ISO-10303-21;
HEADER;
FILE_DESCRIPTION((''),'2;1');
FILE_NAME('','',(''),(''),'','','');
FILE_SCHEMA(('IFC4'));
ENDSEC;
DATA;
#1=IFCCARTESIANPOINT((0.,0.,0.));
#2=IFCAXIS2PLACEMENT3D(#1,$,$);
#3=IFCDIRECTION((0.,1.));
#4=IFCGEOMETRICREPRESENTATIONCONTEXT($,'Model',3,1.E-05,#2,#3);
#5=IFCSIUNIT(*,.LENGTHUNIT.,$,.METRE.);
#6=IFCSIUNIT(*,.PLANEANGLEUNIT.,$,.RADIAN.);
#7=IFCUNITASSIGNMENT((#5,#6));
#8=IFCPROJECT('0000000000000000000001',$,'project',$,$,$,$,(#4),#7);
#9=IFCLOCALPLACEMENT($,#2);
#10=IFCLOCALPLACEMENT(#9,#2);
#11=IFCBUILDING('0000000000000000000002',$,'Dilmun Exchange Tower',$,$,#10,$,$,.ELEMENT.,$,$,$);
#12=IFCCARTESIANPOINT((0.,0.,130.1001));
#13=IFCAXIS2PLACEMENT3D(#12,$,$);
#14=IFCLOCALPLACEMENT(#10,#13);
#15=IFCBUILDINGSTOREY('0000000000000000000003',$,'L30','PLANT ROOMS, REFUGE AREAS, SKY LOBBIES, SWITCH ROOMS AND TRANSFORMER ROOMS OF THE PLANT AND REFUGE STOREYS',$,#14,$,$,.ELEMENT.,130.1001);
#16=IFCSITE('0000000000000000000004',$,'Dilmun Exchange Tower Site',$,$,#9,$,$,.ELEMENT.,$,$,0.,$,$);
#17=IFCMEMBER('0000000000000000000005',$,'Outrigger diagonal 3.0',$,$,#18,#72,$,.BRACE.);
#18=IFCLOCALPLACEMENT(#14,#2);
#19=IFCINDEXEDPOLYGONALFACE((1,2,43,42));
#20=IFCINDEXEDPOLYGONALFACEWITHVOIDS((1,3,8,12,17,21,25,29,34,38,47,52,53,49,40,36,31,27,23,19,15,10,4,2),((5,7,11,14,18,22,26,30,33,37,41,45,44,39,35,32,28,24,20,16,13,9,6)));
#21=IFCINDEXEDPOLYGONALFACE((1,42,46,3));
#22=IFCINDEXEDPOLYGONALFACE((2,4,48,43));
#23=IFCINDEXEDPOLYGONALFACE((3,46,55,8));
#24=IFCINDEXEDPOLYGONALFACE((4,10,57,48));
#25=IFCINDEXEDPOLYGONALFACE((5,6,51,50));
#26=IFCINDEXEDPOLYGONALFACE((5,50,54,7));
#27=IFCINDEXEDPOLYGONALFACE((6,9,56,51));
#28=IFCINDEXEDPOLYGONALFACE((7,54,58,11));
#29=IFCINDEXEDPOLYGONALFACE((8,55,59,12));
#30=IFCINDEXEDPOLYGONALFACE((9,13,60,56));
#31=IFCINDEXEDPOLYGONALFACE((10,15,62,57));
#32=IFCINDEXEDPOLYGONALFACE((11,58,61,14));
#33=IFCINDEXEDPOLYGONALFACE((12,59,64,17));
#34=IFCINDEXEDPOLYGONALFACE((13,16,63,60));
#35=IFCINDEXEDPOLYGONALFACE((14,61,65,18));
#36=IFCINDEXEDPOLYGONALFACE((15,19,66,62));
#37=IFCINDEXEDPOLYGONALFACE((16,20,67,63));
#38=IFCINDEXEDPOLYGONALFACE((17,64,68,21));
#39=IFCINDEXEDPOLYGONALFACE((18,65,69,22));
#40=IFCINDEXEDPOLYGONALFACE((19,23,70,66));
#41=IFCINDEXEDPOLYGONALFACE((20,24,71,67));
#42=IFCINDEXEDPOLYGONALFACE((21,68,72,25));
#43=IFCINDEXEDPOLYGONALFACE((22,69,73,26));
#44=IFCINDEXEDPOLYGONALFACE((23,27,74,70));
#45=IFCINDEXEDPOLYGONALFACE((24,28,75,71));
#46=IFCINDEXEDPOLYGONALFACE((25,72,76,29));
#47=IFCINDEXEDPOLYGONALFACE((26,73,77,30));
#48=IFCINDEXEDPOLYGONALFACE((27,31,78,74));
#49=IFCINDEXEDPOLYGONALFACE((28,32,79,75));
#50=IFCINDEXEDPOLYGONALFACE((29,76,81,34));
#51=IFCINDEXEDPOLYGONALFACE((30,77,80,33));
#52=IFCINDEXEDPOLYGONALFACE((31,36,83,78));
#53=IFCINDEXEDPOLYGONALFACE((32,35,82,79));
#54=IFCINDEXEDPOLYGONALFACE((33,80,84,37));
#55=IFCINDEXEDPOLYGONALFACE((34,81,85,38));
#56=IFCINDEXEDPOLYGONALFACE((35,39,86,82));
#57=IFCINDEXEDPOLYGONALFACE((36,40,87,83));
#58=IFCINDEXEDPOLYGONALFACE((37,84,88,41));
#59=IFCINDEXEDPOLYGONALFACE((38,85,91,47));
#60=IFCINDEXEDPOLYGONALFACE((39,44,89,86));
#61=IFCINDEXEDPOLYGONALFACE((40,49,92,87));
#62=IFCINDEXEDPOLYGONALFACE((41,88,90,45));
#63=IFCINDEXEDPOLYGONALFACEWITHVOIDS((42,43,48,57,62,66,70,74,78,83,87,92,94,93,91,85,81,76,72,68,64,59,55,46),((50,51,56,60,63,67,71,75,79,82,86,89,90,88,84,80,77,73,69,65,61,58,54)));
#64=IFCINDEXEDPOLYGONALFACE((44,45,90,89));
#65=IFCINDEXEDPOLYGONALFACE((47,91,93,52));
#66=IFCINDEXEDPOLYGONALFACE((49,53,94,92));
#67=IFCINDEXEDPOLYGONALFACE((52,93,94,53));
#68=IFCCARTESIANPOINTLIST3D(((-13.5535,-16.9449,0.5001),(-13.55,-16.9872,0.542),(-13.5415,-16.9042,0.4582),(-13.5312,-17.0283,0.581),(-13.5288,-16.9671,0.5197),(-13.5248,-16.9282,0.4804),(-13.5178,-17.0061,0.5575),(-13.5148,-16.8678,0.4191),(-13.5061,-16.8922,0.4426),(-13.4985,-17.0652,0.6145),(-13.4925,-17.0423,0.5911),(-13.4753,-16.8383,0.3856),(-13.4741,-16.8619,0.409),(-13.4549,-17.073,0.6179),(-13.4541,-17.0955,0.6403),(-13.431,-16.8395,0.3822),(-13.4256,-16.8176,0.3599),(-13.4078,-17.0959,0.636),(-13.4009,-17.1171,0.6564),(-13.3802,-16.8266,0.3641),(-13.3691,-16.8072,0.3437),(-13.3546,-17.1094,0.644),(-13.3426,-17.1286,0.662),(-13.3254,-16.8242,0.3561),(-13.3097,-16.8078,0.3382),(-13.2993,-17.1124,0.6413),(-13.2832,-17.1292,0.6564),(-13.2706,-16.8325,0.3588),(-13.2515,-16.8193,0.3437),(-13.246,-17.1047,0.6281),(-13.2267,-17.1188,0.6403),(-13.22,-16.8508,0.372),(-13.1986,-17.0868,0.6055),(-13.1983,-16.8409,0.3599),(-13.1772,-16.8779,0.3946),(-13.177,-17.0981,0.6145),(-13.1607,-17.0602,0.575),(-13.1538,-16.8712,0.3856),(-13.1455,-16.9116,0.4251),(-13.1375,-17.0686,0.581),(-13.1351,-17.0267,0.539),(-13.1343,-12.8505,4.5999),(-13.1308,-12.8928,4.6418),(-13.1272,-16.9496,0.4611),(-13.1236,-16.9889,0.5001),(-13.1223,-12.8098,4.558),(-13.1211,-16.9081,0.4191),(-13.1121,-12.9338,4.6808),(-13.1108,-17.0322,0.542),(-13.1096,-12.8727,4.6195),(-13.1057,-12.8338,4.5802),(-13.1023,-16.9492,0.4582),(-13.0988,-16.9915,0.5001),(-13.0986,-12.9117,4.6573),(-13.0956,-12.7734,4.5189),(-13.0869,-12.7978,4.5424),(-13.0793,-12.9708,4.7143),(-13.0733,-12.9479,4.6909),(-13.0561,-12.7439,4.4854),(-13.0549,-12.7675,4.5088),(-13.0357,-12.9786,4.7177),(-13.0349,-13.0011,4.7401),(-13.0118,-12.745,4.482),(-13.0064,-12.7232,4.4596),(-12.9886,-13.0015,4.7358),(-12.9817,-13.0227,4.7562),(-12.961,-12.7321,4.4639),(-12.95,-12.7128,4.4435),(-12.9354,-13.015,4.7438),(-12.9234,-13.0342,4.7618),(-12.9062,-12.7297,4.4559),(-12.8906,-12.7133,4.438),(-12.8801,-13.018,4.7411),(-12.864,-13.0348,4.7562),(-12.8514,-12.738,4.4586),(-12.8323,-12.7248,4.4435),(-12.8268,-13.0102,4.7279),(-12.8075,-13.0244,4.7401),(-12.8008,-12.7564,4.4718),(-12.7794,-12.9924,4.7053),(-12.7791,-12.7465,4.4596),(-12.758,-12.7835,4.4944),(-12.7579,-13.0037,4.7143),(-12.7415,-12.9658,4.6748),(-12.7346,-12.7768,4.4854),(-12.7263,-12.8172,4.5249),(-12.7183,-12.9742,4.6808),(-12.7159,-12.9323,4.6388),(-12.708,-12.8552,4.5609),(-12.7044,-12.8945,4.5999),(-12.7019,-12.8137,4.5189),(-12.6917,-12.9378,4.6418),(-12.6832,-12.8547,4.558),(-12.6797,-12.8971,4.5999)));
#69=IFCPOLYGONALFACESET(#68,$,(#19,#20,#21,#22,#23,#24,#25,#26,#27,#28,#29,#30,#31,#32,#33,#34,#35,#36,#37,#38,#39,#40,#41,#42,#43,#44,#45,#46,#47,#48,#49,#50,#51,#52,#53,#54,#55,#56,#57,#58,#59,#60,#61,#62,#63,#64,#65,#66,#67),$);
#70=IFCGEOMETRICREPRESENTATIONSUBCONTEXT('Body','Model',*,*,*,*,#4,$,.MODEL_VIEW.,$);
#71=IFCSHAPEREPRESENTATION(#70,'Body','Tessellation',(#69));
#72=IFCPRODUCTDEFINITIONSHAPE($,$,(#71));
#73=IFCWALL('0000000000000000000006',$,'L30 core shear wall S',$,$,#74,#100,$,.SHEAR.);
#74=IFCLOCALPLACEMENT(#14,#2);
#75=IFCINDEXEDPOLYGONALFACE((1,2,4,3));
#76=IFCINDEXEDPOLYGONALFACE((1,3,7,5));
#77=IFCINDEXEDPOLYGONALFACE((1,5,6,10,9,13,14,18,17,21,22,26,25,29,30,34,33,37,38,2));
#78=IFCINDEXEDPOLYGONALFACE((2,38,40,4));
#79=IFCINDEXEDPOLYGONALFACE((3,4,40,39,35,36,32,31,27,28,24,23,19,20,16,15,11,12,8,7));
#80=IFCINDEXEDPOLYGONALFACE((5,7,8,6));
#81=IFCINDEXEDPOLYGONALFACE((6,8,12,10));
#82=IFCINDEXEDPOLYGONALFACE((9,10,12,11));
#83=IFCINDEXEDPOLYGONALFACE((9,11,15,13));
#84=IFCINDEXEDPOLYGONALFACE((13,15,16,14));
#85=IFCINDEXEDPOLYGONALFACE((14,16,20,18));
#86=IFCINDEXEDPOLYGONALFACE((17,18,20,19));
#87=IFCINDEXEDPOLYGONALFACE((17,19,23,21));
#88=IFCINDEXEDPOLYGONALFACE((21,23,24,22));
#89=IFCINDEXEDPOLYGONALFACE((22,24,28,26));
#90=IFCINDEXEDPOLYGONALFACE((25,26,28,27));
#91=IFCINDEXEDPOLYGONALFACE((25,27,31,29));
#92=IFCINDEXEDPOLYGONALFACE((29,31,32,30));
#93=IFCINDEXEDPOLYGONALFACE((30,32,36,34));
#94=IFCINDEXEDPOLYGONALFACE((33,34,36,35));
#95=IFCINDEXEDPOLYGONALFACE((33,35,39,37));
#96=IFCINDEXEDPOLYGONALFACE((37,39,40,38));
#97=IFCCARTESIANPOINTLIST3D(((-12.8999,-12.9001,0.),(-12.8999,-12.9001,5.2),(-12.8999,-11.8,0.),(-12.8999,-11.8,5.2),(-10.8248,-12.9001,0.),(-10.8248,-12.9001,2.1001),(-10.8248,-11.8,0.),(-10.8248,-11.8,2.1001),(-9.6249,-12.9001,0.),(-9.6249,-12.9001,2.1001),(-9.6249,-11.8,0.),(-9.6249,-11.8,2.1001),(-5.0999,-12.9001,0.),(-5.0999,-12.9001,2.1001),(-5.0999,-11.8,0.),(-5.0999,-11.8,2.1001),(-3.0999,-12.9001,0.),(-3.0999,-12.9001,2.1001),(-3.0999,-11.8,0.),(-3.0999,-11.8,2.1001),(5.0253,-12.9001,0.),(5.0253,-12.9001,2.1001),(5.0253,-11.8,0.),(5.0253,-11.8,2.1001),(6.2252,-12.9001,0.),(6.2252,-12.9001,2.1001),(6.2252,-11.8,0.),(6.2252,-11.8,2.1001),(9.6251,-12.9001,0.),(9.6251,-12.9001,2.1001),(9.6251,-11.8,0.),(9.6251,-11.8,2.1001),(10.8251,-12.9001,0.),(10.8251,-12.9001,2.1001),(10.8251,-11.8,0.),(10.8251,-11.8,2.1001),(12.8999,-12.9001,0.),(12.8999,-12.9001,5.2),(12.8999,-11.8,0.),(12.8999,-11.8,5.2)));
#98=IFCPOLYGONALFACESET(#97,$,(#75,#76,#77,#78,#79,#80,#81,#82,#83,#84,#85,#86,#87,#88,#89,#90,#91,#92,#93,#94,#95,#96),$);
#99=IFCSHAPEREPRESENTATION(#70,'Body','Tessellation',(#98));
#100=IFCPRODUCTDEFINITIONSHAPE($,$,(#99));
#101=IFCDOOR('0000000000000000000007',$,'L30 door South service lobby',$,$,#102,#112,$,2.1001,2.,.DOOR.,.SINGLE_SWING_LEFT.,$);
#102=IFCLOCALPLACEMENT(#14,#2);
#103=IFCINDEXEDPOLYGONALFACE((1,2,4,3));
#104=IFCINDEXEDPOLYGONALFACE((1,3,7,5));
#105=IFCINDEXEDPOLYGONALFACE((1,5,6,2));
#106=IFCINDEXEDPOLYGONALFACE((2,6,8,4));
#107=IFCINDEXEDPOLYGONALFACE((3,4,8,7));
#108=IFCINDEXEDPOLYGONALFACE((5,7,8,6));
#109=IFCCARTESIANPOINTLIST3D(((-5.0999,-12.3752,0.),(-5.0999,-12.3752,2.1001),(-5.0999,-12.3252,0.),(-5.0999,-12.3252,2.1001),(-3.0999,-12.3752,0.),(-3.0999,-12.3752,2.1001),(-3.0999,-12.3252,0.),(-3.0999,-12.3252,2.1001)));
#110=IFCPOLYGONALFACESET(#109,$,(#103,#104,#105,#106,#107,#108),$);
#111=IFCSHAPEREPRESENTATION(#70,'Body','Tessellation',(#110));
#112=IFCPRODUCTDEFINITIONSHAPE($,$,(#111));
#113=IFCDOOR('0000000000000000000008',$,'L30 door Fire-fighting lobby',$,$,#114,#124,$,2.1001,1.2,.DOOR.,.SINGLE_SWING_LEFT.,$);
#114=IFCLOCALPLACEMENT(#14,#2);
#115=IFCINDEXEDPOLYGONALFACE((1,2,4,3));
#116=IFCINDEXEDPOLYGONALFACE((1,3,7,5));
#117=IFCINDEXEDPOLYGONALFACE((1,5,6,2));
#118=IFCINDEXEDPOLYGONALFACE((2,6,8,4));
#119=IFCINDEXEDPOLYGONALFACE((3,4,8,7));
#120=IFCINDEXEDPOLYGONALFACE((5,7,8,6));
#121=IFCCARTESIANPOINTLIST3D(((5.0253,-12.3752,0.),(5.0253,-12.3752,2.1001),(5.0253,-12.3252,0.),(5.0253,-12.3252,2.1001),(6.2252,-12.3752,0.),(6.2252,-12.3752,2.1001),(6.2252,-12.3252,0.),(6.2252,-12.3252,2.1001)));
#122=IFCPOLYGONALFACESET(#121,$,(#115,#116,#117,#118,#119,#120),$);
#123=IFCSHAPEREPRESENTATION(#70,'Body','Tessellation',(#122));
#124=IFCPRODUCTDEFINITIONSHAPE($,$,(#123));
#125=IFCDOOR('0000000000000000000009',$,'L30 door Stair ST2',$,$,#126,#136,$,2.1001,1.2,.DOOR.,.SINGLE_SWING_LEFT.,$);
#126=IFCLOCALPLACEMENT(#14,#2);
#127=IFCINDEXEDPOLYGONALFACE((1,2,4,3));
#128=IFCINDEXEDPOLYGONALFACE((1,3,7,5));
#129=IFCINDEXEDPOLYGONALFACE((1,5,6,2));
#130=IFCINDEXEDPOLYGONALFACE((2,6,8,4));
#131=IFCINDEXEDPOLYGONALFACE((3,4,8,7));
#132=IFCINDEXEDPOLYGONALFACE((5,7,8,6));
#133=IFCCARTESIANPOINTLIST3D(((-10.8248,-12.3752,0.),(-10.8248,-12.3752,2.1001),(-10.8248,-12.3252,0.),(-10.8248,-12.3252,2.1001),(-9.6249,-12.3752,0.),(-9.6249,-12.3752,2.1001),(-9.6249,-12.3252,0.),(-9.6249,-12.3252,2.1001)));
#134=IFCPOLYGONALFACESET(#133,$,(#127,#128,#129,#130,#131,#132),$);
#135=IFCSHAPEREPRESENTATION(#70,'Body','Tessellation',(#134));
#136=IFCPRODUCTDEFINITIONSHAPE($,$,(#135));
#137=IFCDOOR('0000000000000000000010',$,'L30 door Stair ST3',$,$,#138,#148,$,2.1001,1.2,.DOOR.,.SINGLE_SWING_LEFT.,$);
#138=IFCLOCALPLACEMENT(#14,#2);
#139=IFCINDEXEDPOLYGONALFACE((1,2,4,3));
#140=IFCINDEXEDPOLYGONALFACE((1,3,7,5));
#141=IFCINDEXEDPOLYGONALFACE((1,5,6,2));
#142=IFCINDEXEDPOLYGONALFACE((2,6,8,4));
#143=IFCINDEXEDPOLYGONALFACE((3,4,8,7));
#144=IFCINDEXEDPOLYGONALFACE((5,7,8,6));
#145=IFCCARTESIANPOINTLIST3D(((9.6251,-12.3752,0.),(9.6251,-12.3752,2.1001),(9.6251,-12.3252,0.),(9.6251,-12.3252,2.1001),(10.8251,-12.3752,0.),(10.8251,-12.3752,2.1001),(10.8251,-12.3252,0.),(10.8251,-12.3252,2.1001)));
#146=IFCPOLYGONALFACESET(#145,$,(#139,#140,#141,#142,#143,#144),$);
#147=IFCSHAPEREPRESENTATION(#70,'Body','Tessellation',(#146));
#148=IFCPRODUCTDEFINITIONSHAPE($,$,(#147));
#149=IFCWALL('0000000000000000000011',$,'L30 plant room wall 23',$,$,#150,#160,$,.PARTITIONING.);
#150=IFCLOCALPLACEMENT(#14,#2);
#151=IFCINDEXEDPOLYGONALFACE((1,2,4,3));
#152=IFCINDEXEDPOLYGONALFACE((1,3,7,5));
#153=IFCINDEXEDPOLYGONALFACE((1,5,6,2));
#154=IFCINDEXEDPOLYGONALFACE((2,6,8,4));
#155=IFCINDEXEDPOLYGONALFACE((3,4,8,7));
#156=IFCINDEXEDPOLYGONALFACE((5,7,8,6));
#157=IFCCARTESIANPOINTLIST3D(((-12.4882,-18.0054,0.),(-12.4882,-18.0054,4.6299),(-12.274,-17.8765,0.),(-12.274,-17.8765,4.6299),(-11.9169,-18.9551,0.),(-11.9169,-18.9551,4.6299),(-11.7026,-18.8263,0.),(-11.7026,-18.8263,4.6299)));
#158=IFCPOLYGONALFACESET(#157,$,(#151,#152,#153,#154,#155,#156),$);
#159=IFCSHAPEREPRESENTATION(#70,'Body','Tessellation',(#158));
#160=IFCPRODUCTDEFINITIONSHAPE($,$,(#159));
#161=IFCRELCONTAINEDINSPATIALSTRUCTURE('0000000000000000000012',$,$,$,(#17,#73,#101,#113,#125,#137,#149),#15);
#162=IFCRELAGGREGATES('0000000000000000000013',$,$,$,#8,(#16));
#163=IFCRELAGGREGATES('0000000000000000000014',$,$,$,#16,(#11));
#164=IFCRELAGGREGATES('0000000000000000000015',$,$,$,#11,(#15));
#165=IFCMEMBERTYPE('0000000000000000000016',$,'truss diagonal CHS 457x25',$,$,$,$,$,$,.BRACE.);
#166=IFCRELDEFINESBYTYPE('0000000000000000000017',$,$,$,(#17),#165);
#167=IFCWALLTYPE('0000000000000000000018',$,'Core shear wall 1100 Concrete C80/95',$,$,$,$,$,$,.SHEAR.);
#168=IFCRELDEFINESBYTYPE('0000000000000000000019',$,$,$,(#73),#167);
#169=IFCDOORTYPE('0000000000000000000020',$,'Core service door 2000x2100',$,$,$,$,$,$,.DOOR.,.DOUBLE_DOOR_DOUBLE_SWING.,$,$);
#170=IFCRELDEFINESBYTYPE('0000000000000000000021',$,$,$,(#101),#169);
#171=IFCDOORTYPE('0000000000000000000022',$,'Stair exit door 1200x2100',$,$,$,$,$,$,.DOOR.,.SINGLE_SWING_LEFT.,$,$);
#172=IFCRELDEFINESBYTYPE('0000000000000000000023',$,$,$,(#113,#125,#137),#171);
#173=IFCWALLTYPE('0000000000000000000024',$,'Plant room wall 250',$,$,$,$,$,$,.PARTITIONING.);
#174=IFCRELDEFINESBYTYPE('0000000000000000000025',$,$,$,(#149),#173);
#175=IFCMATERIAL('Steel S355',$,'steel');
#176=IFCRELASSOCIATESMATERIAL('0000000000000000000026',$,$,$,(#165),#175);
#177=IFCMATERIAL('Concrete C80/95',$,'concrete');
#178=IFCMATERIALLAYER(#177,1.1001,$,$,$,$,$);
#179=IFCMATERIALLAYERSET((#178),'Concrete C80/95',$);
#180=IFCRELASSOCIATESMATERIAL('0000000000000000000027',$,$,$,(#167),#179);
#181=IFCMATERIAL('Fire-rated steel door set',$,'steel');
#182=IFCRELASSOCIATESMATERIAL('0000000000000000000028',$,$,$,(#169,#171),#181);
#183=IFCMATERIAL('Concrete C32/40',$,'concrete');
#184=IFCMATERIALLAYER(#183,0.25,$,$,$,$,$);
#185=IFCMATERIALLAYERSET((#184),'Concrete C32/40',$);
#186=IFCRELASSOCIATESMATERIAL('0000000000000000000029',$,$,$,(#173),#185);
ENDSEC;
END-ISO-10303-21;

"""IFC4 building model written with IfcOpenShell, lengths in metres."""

from ifc_helpers import new_model, si_unit, direction, frame, frame_2d, origin, origin_2d, place, context, subcontext, project, spatial, rectangle, hollow_circle, extrude, material, layer, layer_set, material_profile, profile_set, type_object, element, fill, save


model = new_model("IFC4")

# Units and contexts
model_context = context("Model", 3, precision=1e-05, world=origin(), true_north=direction((0.0, 1.0)))
body_context = subcontext(model_context, "Body", "Model", "MODEL_VIEW")
ifc_project = project(units=[si_unit("LENGTHUNIT", "METRE"), si_unit("PLANEANGLEUNIT", "RADIAN")], contexts=[model_context])

# Site, building, storey
site_placement = place(None, origin())
site = spatial("IfcSite", under=ifc_project, at=site_placement, Name="Dilmun Exchange Tower Site", CompositionType="ELEMENT", RefElevation=0.0)
building_placement = place(site_placement, origin())
building = spatial("IfcBuilding", under=site, at=building_placement, Name="Dilmun Exchange Tower", CompositionType="ELEMENT")
storey_placement = place(building_placement, frame((0.0, 0.0, 130.1001)))
storey = spatial("IfcBuildingStorey", under=building, at=storey_placement, Name="L30", Description="PLANT ROOMS, REFUGE AREAS, SKY LOBBIES, SWITCH ROOMS AND TRANSFORMER ROOMS OF THE PLANT AND REFUGE STOREYS", CompositionType="ELEMENT", Elevation=130.1001)

# Shared definitions
ifc_material_1 = material(Name="Steel S355", Category="steel")

# Member
ifc_material_profile_1 = material_profile(ifc_material_1, hollow_circle(Radius=0.2285, WallThickness=0.0249, at=origin_2d()), Name="CHS 457x25")
ifc_profile_set_1 = profile_set([ifc_material_profile_1], Name="Steel S355")
member_type = type_object("IfcMemberType", Name="truss diagonal CHS 457x25", PredefinedType="BRACE", material=ifc_profile_set_1)
member_1_placement = place(storey_placement, frame((-12.907, -12.8738, 4.5999), z_axis=(-0.072157, -0.704801, -0.705726), x_axis=(0.9948, -0.101847, 0.0)))
element("IfcMember", 1, at=member_1_placement, inside=storey, type_object=member_type, Name="Outrigger diagonal 3.0", PredefinedType="BRACE", context=body_context, shape_type="SweptSolid", body=[
    extrude(hollow_circle(Radius=0.2285, WallThickness=0.0249, at=origin_2d()), origin(), (0.0, 0.0, 1.0), 5.8093),
])

# Wall, openings, doors
ifc_material_2 = material(Name="Concrete C80/95", Category="concrete")
ifc_layer_1 = layer(ifc_material_2, 1.1001)
ifc_layer_set_1 = layer_set([ifc_layer_1], Name="Concrete C80/95")
wall_type_1 = type_object("IfcWallType", Name="Core shear wall 1100 Concrete C80/95", PredefinedType="SHEAR", material=ifc_layer_set_1)
wall_1_placement = place(storey_placement, frame((-12.8999, -12.3501, 0.0), z_axis=(0.0, 0.0, 1.0), x_axis=(1.0, 0.0, 0.0)))
wall_1 = element("IfcWall", 2, at=wall_1_placement, inside=storey, type_object=wall_type_1, Name="L30 core shear wall S", PredefinedType="SHEAR", context=body_context, shape_type="SweptSolid", body=[
    extrude(rectangle(XDim=25.7998, YDim=1.1001, at=frame_2d((12.8999, 0.0))), origin(), (0.0, 0.0, 1.0), 5.2),
])
opening_1_placement = place(wall_1_placement, frame((7.8, 0.0, 0.0)))
opening_1 = element("IfcOpeningElement", 3, at=opening_1_placement, cuts=wall_1, PredefinedType="OPENING", context=body_context, shape_type="SweptSolid", body=[
    extrude(rectangle(XDim=2.0, YDim=2.1001, at=frame_2d((1.0, 1.05))), frame((0.0, 0.5601, 0.0), z_axis=(0.0, -1.0, 0.0), x_axis=(1.0, 0.0, 0.0)), (0.0, 0.0, 1.0), 1.1201),
])
opening_2_placement = place(wall_1_placement, frame((17.925, 0.0, 0.0)))
opening_2 = element("IfcOpeningElement", 4, at=opening_2_placement, cuts=wall_1, PredefinedType="OPENING", context=body_context, shape_type="SweptSolid", body=[
    extrude(rectangle(XDim=1.2, YDim=2.1001, at=frame_2d((0.6001, 1.05))), frame((0.0, 0.5601, 0.0), z_axis=(0.0, -1.0, 0.0), x_axis=(1.0, 0.0, 0.0)), (0.0, 0.0, 1.0), 1.1201),
])
opening_3_placement = place(wall_1_placement, frame((2.075, 0.0, 0.0)))
opening_3 = element("IfcOpeningElement", 5, at=opening_3_placement, cuts=wall_1, PredefinedType="OPENING", context=body_context, shape_type="SweptSolid", body=[
    extrude(rectangle(XDim=1.2, YDim=2.1001, at=frame_2d((0.6001, 1.05))), frame((0.0, 0.5601, 0.0), z_axis=(0.0, -1.0, 0.0), x_axis=(1.0, 0.0, 0.0)), (0.0, 0.0, 1.0), 1.1201),
])
opening_4_placement = place(wall_1_placement, frame((22.5249, 0.0, 0.0)))
opening_4 = element("IfcOpeningElement", 6, at=opening_4_placement, cuts=wall_1, PredefinedType="OPENING", context=body_context, shape_type="SweptSolid", body=[
    extrude(rectangle(XDim=1.2, YDim=2.1001, at=frame_2d((0.6001, 1.05))), frame((0.0, 0.5601, 0.0), z_axis=(0.0, -1.0, 0.0), x_axis=(1.0, 0.0, 0.0)), (0.0, 0.0, 1.0), 1.1201),
])
ifc_material_3 = material(Name="Fire-rated steel door set", Category="steel")
door_type_1 = type_object("IfcDoorType", Name="Core service door 2000x2100", OperationType="DOUBLE_DOOR_DOUBLE_SWING", PredefinedType="DOOR", material=ifc_material_3)
door_1_placement = place(opening_1_placement, origin())
door_1 = element("IfcDoor", 7, at=door_1_placement, inside=storey, type_object=door_type_1, Name="L30 door South service lobby", OperationType="SINGLE_SWING_LEFT", OverallHeight=2.1001, OverallWidth=2.0, PredefinedType="DOOR", context=body_context, shape_type="SweptSolid", body=[
    extrude(rectangle(XDim=2.0, YDim=2.1001, at=frame_2d((1.0, 1.05))), frame((0.0, 0.0249, 0.0), z_axis=(0.0, -1.0, 0.0), x_axis=(1.0, 0.0, 0.0)), (0.0, 0.0, 1.0), 0.05),
])
fill(opening_1, door_1)
door_type_2 = type_object("IfcDoorType", Name="Stair exit door 1200x2100", OperationType="SINGLE_SWING_LEFT", PredefinedType="DOOR", material=ifc_material_3)
door_2_placement = place(opening_2_placement, origin())
door_2 = element("IfcDoor", 8, at=door_2_placement, inside=storey, type_object=door_type_2, Name="L30 door Fire-fighting lobby", OperationType="SINGLE_SWING_LEFT", OverallHeight=2.1001, OverallWidth=1.2, PredefinedType="DOOR", context=body_context, shape_type="SweptSolid", body=[
    extrude(rectangle(XDim=1.2, YDim=2.1001, at=frame_2d((0.6001, 1.05))), frame((0.0, 0.0249, 0.0), z_axis=(0.0, -1.0, 0.0), x_axis=(1.0, 0.0, 0.0)), (0.0, 0.0, 1.0), 0.05),
])
fill(opening_2, door_2)
door_3_placement = place(opening_3_placement, origin())
door_3 = element("IfcDoor", 9, at=door_3_placement, inside=storey, type_object=door_type_2, Name="L30 door Stair ST2", OperationType="SINGLE_SWING_LEFT", OverallHeight=2.1001, OverallWidth=1.2, PredefinedType="DOOR", context=body_context, shape_type="SweptSolid", body=[
    extrude(rectangle(XDim=1.2, YDim=2.1001, at=frame_2d((0.6001, 1.05))), frame((0.0, 0.0249, 0.0), z_axis=(0.0, -1.0, 0.0), x_axis=(1.0, 0.0, 0.0)), (0.0, 0.0, 1.0), 0.05),
])
fill(opening_3, door_3)
door_4_placement = place(opening_4_placement, origin())
door_4 = element("IfcDoor", 10, at=door_4_placement, inside=storey, type_object=door_type_2, Name="L30 door Stair ST3", OperationType="SINGLE_SWING_LEFT", OverallHeight=2.1001, OverallWidth=1.2, PredefinedType="DOOR", context=body_context, shape_type="SweptSolid", body=[
    extrude(rectangle(XDim=1.2, YDim=2.1001, at=frame_2d((0.6001, 1.05))), frame((0.0, 0.0249, 0.0), z_axis=(0.0, -1.0, 0.0), x_axis=(1.0, 0.0, 0.0)), (0.0, 0.0, 1.0), 0.05),
])
fill(opening_4, door_4)

# Wall
ifc_material_4 = material(Name="Concrete C32/40", Category="concrete")
ifc_layer_2 = layer(ifc_material_4, 0.25)
ifc_layer_set_2 = layer_set([ifc_layer_2], Name="Concrete C32/40")
wall_type_2 = type_object("IfcWallType", Name="Plant room wall 250", PredefinedType="PARTITIONING", material=ifc_layer_set_2)
wall_2_placement = place(storey_placement, frame((-12.3811, -17.9409, 0.0), z_axis=(0.0, 0.0, 1.0), x_axis=(0.515467, -0.856909, 0.0)))
element("IfcWall", 11, at=wall_2_placement, inside=storey, type_object=wall_type_2, Name="L30 plant room wall 23", PredefinedType="PARTITIONING", context=body_context, shape_type="SweptSolid", body=[
    extrude(rectangle(XDim=1.1084, YDim=0.25, at=frame_2d((0.5542, 0.0))), origin(), (0.0, 0.0, 1.0), 4.6299),
])

save(model, "model.ifc")
